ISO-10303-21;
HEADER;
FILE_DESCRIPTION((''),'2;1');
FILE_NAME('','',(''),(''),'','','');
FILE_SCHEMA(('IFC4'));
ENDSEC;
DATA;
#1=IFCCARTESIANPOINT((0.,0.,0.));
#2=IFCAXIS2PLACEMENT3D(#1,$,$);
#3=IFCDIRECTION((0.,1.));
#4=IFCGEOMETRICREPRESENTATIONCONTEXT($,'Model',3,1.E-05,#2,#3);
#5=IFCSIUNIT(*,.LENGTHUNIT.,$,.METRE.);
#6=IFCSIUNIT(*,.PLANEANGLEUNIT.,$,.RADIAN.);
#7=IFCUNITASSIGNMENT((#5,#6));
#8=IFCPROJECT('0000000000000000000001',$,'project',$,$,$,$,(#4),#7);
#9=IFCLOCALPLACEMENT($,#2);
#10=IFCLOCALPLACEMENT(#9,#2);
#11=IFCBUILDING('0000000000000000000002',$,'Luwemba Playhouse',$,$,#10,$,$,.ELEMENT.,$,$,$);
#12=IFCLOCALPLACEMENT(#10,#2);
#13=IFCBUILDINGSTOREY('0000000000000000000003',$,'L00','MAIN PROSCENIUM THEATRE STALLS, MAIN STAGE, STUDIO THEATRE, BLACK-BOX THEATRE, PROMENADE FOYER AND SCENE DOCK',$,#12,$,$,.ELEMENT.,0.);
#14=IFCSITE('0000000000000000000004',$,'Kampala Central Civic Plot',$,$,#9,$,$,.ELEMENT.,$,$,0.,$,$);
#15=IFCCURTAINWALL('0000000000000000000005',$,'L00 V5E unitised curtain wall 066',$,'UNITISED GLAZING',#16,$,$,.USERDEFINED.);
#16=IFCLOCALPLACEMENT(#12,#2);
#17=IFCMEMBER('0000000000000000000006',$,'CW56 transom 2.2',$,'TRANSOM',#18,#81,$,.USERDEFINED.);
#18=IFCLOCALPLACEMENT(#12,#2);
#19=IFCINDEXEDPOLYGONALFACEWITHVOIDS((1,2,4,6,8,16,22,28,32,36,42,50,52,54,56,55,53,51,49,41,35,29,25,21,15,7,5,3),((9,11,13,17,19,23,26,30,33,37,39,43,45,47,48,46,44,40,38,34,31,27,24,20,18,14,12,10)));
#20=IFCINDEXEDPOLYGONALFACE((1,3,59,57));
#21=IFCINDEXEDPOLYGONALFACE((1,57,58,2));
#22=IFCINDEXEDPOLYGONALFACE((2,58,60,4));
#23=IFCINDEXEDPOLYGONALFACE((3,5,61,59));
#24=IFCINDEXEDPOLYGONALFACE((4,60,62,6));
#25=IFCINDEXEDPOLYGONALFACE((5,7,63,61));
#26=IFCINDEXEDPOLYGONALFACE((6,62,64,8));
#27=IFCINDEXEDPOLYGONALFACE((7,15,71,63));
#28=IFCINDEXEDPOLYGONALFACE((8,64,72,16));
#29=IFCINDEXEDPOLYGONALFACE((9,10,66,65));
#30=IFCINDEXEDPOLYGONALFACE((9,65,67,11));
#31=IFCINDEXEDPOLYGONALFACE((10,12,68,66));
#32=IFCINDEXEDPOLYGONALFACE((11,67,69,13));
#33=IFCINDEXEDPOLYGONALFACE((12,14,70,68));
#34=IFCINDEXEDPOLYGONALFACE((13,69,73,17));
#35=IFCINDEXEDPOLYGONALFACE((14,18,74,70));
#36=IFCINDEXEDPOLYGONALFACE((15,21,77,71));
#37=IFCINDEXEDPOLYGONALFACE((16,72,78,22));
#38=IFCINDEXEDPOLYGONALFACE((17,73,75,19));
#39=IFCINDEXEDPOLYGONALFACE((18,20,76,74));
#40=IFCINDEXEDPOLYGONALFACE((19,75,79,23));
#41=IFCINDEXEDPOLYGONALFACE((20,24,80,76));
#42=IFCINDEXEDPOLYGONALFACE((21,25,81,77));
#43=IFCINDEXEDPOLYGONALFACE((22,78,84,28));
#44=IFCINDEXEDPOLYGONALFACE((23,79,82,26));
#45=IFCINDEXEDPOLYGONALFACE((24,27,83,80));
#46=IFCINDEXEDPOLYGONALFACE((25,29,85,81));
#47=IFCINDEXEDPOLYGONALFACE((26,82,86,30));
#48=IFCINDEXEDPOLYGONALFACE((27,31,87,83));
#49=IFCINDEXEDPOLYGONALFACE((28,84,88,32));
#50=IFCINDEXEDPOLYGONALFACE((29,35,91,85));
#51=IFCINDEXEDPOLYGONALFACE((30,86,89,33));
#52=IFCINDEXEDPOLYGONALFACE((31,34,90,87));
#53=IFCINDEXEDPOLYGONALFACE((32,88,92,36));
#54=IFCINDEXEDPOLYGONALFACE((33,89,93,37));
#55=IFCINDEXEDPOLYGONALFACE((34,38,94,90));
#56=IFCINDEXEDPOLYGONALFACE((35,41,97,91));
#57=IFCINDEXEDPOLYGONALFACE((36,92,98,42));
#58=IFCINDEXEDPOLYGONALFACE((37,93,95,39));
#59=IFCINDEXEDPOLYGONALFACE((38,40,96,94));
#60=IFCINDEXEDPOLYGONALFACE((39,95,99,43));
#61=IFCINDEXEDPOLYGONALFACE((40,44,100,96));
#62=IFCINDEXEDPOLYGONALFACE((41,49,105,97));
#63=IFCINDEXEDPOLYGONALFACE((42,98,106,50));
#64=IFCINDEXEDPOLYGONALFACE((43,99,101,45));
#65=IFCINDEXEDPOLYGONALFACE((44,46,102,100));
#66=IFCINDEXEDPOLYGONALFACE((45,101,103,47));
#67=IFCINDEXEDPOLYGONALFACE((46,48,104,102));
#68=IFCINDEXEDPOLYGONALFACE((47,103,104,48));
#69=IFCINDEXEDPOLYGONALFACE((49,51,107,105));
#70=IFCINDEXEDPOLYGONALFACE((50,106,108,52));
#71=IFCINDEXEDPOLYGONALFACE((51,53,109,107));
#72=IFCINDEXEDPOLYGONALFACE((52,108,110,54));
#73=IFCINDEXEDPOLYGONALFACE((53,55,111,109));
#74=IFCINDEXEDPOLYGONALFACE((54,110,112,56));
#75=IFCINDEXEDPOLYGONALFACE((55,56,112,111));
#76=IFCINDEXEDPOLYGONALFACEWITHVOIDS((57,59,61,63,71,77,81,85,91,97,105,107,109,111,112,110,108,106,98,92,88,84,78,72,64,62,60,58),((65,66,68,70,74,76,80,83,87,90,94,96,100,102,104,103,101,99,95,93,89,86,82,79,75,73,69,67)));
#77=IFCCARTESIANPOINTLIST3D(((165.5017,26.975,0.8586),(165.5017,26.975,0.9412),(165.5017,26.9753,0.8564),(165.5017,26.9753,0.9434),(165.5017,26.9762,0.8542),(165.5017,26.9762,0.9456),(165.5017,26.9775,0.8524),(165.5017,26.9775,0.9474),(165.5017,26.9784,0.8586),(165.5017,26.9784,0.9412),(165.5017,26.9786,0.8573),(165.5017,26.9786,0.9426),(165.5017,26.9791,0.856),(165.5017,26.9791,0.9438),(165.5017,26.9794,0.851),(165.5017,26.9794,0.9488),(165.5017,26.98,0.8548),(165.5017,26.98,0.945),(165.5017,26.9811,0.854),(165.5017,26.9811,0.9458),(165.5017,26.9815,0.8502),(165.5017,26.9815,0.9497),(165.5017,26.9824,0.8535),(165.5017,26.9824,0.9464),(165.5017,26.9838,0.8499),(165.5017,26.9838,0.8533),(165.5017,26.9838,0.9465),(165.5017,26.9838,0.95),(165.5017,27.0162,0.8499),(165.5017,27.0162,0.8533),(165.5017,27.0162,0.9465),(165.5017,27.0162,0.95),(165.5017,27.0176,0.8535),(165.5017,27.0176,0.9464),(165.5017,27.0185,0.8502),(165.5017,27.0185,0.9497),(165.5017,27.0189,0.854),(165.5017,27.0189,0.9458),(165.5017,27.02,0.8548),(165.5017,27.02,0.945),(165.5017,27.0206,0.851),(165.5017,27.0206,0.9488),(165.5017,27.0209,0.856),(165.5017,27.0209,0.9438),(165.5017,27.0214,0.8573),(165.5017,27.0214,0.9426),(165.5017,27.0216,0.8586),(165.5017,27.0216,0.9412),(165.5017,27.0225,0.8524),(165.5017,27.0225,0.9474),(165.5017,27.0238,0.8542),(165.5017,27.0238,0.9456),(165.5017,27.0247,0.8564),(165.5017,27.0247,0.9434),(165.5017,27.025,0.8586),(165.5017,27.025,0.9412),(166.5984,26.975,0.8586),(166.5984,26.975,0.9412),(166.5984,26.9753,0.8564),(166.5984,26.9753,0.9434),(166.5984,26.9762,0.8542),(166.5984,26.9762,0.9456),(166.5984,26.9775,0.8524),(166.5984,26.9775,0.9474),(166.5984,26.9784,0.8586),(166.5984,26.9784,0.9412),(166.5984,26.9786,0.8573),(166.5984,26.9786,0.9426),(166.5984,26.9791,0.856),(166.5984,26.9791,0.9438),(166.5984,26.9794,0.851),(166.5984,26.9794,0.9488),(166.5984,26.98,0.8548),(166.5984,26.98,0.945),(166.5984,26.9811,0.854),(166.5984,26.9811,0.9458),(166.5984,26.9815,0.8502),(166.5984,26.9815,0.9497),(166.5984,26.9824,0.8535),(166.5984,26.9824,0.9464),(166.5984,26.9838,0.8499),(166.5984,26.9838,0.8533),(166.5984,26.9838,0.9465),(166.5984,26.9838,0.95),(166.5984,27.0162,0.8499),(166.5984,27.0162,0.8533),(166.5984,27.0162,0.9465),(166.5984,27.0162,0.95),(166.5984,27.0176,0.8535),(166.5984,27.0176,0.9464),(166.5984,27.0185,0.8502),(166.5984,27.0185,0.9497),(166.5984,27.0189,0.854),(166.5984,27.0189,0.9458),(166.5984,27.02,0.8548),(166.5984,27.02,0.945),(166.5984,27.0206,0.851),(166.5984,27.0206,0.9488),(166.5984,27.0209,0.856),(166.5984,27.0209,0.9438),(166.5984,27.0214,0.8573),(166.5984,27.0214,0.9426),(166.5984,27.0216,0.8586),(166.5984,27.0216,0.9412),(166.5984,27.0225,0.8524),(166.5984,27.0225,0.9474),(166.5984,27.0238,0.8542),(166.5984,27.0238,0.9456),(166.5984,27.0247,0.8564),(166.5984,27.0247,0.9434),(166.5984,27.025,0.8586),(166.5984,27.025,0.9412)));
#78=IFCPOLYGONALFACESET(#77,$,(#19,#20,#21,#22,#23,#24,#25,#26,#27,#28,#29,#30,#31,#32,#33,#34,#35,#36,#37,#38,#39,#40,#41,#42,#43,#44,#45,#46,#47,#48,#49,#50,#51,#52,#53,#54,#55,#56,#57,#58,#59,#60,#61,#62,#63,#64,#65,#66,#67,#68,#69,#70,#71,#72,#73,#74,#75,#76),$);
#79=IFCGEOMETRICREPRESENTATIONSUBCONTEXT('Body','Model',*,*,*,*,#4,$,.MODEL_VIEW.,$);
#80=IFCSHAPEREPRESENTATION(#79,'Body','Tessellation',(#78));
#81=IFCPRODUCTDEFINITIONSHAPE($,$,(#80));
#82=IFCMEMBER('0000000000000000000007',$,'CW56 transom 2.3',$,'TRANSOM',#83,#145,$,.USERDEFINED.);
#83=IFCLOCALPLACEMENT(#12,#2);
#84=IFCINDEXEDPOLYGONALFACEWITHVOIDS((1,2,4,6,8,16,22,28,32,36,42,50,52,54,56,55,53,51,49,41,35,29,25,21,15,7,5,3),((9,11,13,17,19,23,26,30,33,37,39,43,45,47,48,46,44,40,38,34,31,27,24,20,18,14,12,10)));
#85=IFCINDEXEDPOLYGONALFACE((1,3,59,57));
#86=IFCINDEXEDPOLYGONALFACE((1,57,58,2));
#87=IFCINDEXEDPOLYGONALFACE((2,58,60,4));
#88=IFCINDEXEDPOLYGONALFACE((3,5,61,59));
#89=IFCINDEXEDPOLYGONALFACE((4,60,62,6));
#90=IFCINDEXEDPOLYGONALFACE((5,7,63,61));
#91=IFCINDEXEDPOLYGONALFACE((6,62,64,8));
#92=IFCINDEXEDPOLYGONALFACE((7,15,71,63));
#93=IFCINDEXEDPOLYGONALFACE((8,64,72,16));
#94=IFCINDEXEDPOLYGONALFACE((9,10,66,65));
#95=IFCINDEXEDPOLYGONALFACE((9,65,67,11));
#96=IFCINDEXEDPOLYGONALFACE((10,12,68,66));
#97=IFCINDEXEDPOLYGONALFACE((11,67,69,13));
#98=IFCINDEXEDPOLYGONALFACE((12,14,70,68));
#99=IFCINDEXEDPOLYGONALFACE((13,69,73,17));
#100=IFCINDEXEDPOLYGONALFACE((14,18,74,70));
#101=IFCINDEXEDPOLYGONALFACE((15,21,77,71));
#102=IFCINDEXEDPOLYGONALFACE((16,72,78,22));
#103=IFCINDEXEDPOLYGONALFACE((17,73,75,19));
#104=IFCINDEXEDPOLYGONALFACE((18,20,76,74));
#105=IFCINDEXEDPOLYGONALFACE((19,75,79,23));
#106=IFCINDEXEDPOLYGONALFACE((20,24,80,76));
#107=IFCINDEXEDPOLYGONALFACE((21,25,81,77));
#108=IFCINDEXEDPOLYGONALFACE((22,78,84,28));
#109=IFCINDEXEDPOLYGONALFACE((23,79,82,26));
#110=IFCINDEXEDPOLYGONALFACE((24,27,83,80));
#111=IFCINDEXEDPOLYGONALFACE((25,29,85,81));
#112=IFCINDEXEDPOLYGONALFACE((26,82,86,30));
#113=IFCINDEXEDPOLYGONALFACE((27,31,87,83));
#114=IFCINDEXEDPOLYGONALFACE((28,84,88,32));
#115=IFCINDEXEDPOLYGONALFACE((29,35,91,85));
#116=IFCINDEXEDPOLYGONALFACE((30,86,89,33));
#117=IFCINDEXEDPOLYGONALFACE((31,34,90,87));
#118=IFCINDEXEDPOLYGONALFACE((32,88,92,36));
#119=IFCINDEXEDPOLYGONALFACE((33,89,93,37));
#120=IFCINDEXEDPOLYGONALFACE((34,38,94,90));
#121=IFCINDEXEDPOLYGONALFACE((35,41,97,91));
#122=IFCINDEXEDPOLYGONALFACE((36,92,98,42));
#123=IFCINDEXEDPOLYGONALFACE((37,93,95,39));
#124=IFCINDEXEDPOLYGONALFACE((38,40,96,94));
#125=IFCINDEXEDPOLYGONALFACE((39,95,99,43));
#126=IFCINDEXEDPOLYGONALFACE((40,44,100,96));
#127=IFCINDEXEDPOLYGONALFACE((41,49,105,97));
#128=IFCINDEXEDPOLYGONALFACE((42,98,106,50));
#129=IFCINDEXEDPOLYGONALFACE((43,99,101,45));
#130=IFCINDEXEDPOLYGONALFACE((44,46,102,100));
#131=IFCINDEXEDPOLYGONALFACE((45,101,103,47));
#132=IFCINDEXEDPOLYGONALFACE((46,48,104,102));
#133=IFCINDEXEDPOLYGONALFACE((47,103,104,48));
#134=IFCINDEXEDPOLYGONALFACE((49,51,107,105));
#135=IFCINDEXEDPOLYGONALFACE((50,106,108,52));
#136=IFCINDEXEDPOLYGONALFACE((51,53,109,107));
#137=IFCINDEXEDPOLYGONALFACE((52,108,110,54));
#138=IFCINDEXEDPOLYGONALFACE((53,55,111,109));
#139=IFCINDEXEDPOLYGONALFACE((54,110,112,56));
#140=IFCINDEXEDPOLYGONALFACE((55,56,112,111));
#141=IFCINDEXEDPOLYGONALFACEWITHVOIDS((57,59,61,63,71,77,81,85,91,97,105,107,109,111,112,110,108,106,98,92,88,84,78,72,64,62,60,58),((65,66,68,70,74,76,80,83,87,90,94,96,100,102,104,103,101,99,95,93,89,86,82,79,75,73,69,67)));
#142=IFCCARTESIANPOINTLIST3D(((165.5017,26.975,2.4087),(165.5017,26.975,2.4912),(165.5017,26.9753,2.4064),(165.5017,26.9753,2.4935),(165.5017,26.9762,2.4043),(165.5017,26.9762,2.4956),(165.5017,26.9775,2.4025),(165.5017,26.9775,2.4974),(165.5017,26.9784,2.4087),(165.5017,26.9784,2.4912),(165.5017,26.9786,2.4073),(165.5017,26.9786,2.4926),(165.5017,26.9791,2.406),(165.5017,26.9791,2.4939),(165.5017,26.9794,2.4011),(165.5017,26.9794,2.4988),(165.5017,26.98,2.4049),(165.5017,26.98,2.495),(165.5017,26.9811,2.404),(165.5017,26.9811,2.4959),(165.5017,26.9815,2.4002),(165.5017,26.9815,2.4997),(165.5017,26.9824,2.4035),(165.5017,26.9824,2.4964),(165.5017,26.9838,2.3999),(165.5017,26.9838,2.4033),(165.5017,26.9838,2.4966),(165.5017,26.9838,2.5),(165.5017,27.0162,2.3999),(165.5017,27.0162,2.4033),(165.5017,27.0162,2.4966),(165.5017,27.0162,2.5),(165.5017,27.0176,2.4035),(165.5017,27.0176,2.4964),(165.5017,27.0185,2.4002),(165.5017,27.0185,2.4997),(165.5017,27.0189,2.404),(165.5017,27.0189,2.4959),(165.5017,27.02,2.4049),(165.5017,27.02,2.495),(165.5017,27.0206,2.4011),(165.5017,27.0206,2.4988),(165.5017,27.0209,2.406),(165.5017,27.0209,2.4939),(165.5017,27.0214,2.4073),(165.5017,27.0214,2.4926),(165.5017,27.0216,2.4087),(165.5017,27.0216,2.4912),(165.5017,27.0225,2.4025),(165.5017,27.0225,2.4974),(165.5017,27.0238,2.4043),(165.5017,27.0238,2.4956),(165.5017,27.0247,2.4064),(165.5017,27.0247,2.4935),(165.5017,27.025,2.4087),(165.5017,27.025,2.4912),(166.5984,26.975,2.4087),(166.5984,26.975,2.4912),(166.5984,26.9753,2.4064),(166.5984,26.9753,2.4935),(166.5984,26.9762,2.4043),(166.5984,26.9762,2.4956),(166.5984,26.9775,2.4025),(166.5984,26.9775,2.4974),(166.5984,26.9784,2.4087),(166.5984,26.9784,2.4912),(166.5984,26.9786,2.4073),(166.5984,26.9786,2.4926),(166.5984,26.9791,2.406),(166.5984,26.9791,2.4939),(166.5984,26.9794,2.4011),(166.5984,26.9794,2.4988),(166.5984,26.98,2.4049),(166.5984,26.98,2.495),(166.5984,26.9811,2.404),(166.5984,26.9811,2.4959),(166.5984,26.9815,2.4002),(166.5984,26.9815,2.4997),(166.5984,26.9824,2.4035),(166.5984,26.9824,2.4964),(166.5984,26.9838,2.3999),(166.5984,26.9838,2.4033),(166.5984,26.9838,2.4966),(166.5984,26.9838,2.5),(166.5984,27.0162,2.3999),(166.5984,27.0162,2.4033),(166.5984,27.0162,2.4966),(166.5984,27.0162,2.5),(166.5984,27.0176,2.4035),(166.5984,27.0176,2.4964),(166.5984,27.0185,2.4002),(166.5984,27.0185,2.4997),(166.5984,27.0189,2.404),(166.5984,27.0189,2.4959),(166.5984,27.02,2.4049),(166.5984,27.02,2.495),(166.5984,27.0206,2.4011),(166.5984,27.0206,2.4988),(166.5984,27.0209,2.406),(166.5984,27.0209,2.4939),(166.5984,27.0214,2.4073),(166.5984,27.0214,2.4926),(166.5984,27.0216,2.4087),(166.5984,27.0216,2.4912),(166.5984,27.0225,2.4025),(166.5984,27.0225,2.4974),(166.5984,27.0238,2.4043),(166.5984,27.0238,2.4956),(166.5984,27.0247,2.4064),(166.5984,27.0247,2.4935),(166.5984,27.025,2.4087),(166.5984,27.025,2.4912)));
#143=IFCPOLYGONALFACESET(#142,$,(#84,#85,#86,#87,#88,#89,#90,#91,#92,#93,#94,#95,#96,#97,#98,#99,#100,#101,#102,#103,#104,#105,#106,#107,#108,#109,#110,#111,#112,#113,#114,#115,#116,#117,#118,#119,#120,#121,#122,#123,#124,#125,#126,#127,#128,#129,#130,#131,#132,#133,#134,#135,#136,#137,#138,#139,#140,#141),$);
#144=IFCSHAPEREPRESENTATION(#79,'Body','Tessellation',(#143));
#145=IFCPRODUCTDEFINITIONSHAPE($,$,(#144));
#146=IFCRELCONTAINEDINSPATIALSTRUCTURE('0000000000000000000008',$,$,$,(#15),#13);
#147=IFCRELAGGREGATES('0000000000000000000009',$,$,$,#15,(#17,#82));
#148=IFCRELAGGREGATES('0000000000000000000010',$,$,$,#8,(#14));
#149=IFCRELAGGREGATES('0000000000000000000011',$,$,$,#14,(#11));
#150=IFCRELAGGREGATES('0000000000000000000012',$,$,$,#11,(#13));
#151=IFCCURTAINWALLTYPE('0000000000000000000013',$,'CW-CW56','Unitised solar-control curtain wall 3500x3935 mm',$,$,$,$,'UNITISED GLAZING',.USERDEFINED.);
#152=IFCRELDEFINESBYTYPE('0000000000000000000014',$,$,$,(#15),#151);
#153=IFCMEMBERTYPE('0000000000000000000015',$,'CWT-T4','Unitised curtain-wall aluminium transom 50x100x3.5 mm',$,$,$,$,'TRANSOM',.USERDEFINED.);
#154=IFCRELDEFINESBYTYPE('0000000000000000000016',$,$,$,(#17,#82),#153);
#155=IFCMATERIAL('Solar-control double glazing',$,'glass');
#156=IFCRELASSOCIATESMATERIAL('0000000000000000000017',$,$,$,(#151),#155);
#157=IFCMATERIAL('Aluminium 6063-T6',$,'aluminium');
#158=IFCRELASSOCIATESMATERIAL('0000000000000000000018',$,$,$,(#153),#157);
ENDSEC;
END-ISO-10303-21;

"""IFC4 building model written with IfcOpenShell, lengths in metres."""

from ifc_helpers import new_model, si_unit, direction, frame, origin, origin_2d, place, context, subcontext, project, spatial, hollow_rectangle, extrude, material, material_profile, profile_set, type_object, element, aggregate, save


model = new_model("IFC4")

# Units and contexts
model_context = context("Model", 3, precision=1e-05, world=origin(), true_north=direction((0.0, 1.0)))
body_context = subcontext(model_context, "Body", "Model", "MODEL_VIEW")
ifc_project = project(units=[si_unit("LENGTHUNIT", "METRE"), si_unit("PLANEANGLEUNIT", "RADIAN")], contexts=[model_context])

# Site, building, storey
site_placement = place(None, origin())
site = spatial("IfcSite", under=ifc_project, at=site_placement, Name="Kampala Central Civic Plot", CompositionType="ELEMENT", RefElevation=0.0)
building_placement = place(site_placement, origin())
building = spatial("IfcBuilding", under=site, at=building_placement, Name="Luwemba Playhouse", CompositionType="ELEMENT")
storey_placement = place(building_placement, origin())
storey = spatial("IfcBuildingStorey", under=building, at=storey_placement, Name="L00", Description="MAIN PROSCENIUM THEATRE STALLS, MAIN STAGE, STUDIO THEATRE, BLACK-BOX THEATRE, PROMENADE FOYER AND SCENE DOCK", CompositionType="ELEMENT", Elevation=0.0)

# Shared definitions
ifc_material_1 = material(Name="Solar-control double glazing", Category="glass")
ifc_material_2 = material(Name="Aluminium 6063-T6", Category="aluminium")

# Curtain wall
curtain_wall_type_1 = type_object("IfcCurtainWallType", Name="CW-CW56", Description="Unitised solar-control curtain wall 3500x3935 mm", ElementType="UNITISED GLAZING", PredefinedType="USERDEFINED", material=ifc_material_1)
curtain_wall_1_placement = place(storey_placement, origin())
curtain_wall_1 = element("IfcCurtainWall", 1, at=curtain_wall_1_placement, inside=storey, type_object=curtain_wall_type_1, Name="L00 V5E unitised curtain wall 066", ObjectType="UNITISED GLAZING", PredefinedType="USERDEFINED")

# Members
ifc_material_profile_1 = material_profile(ifc_material_2, hollow_rectangle(XDim=0.05, YDim=0.1001, WallThickness=0.0034, InnerFilletRadius=0.0054, OuterFilletRadius=0.0088, at=origin_2d()))
ifc_profile_set_1 = profile_set([ifc_material_profile_1], Name="Aluminium 6063-T6")
member_type_1 = type_object("IfcMemberType", Name="CWT-T4", Description="Unitised curtain-wall aluminium transom 50x100x3.5 mm", ElementType="TRANSOM", PredefinedType="USERDEFINED", material=ifc_profile_set_1)
member_1_placement = place(storey_placement, frame((165.5017, 27.0, 0.8999), z_axis=(1.0, 0.0, 0.0), x_axis=(0.0, 1.0, 0.0)))
member_1 = element("IfcMember", 2, at=member_1_placement, type_object=member_type_1, Name="CW56 transom 2.2", ObjectType="TRANSOM", PredefinedType="USERDEFINED", context=body_context, shape_type="SweptSolid", body=[
    extrude(hollow_rectangle(XDim=0.05, YDim=0.1001, WallThickness=0.0034, InnerFilletRadius=0.0054, OuterFilletRadius=0.0088, at=origin_2d()), origin(), (0.0, 0.0, 1.0), 1.0967),
])
member_2_placement = place(storey_placement, frame((165.5017, 27.0, 2.45), z_axis=(1.0, 0.0, 0.0), x_axis=(0.0, 1.0, 0.0)))
member_2 = element("IfcMember", 3, at=member_2_placement, type_object=member_type_1, Name="CW56 transom 2.3", ObjectType="TRANSOM", PredefinedType="USERDEFINED", context=body_context, shape_type="SweptSolid", body=[
    extrude(hollow_rectangle(XDim=0.05, YDim=0.1001, WallThickness=0.0034, InnerFilletRadius=0.0054, OuterFilletRadius=0.0088, at=origin_2d()), origin(), (0.0, 0.0, 1.0), 1.0967),
])

aggregate(curtain_wall_1, [member_1, member_2])

save(model, "model.ifc")
